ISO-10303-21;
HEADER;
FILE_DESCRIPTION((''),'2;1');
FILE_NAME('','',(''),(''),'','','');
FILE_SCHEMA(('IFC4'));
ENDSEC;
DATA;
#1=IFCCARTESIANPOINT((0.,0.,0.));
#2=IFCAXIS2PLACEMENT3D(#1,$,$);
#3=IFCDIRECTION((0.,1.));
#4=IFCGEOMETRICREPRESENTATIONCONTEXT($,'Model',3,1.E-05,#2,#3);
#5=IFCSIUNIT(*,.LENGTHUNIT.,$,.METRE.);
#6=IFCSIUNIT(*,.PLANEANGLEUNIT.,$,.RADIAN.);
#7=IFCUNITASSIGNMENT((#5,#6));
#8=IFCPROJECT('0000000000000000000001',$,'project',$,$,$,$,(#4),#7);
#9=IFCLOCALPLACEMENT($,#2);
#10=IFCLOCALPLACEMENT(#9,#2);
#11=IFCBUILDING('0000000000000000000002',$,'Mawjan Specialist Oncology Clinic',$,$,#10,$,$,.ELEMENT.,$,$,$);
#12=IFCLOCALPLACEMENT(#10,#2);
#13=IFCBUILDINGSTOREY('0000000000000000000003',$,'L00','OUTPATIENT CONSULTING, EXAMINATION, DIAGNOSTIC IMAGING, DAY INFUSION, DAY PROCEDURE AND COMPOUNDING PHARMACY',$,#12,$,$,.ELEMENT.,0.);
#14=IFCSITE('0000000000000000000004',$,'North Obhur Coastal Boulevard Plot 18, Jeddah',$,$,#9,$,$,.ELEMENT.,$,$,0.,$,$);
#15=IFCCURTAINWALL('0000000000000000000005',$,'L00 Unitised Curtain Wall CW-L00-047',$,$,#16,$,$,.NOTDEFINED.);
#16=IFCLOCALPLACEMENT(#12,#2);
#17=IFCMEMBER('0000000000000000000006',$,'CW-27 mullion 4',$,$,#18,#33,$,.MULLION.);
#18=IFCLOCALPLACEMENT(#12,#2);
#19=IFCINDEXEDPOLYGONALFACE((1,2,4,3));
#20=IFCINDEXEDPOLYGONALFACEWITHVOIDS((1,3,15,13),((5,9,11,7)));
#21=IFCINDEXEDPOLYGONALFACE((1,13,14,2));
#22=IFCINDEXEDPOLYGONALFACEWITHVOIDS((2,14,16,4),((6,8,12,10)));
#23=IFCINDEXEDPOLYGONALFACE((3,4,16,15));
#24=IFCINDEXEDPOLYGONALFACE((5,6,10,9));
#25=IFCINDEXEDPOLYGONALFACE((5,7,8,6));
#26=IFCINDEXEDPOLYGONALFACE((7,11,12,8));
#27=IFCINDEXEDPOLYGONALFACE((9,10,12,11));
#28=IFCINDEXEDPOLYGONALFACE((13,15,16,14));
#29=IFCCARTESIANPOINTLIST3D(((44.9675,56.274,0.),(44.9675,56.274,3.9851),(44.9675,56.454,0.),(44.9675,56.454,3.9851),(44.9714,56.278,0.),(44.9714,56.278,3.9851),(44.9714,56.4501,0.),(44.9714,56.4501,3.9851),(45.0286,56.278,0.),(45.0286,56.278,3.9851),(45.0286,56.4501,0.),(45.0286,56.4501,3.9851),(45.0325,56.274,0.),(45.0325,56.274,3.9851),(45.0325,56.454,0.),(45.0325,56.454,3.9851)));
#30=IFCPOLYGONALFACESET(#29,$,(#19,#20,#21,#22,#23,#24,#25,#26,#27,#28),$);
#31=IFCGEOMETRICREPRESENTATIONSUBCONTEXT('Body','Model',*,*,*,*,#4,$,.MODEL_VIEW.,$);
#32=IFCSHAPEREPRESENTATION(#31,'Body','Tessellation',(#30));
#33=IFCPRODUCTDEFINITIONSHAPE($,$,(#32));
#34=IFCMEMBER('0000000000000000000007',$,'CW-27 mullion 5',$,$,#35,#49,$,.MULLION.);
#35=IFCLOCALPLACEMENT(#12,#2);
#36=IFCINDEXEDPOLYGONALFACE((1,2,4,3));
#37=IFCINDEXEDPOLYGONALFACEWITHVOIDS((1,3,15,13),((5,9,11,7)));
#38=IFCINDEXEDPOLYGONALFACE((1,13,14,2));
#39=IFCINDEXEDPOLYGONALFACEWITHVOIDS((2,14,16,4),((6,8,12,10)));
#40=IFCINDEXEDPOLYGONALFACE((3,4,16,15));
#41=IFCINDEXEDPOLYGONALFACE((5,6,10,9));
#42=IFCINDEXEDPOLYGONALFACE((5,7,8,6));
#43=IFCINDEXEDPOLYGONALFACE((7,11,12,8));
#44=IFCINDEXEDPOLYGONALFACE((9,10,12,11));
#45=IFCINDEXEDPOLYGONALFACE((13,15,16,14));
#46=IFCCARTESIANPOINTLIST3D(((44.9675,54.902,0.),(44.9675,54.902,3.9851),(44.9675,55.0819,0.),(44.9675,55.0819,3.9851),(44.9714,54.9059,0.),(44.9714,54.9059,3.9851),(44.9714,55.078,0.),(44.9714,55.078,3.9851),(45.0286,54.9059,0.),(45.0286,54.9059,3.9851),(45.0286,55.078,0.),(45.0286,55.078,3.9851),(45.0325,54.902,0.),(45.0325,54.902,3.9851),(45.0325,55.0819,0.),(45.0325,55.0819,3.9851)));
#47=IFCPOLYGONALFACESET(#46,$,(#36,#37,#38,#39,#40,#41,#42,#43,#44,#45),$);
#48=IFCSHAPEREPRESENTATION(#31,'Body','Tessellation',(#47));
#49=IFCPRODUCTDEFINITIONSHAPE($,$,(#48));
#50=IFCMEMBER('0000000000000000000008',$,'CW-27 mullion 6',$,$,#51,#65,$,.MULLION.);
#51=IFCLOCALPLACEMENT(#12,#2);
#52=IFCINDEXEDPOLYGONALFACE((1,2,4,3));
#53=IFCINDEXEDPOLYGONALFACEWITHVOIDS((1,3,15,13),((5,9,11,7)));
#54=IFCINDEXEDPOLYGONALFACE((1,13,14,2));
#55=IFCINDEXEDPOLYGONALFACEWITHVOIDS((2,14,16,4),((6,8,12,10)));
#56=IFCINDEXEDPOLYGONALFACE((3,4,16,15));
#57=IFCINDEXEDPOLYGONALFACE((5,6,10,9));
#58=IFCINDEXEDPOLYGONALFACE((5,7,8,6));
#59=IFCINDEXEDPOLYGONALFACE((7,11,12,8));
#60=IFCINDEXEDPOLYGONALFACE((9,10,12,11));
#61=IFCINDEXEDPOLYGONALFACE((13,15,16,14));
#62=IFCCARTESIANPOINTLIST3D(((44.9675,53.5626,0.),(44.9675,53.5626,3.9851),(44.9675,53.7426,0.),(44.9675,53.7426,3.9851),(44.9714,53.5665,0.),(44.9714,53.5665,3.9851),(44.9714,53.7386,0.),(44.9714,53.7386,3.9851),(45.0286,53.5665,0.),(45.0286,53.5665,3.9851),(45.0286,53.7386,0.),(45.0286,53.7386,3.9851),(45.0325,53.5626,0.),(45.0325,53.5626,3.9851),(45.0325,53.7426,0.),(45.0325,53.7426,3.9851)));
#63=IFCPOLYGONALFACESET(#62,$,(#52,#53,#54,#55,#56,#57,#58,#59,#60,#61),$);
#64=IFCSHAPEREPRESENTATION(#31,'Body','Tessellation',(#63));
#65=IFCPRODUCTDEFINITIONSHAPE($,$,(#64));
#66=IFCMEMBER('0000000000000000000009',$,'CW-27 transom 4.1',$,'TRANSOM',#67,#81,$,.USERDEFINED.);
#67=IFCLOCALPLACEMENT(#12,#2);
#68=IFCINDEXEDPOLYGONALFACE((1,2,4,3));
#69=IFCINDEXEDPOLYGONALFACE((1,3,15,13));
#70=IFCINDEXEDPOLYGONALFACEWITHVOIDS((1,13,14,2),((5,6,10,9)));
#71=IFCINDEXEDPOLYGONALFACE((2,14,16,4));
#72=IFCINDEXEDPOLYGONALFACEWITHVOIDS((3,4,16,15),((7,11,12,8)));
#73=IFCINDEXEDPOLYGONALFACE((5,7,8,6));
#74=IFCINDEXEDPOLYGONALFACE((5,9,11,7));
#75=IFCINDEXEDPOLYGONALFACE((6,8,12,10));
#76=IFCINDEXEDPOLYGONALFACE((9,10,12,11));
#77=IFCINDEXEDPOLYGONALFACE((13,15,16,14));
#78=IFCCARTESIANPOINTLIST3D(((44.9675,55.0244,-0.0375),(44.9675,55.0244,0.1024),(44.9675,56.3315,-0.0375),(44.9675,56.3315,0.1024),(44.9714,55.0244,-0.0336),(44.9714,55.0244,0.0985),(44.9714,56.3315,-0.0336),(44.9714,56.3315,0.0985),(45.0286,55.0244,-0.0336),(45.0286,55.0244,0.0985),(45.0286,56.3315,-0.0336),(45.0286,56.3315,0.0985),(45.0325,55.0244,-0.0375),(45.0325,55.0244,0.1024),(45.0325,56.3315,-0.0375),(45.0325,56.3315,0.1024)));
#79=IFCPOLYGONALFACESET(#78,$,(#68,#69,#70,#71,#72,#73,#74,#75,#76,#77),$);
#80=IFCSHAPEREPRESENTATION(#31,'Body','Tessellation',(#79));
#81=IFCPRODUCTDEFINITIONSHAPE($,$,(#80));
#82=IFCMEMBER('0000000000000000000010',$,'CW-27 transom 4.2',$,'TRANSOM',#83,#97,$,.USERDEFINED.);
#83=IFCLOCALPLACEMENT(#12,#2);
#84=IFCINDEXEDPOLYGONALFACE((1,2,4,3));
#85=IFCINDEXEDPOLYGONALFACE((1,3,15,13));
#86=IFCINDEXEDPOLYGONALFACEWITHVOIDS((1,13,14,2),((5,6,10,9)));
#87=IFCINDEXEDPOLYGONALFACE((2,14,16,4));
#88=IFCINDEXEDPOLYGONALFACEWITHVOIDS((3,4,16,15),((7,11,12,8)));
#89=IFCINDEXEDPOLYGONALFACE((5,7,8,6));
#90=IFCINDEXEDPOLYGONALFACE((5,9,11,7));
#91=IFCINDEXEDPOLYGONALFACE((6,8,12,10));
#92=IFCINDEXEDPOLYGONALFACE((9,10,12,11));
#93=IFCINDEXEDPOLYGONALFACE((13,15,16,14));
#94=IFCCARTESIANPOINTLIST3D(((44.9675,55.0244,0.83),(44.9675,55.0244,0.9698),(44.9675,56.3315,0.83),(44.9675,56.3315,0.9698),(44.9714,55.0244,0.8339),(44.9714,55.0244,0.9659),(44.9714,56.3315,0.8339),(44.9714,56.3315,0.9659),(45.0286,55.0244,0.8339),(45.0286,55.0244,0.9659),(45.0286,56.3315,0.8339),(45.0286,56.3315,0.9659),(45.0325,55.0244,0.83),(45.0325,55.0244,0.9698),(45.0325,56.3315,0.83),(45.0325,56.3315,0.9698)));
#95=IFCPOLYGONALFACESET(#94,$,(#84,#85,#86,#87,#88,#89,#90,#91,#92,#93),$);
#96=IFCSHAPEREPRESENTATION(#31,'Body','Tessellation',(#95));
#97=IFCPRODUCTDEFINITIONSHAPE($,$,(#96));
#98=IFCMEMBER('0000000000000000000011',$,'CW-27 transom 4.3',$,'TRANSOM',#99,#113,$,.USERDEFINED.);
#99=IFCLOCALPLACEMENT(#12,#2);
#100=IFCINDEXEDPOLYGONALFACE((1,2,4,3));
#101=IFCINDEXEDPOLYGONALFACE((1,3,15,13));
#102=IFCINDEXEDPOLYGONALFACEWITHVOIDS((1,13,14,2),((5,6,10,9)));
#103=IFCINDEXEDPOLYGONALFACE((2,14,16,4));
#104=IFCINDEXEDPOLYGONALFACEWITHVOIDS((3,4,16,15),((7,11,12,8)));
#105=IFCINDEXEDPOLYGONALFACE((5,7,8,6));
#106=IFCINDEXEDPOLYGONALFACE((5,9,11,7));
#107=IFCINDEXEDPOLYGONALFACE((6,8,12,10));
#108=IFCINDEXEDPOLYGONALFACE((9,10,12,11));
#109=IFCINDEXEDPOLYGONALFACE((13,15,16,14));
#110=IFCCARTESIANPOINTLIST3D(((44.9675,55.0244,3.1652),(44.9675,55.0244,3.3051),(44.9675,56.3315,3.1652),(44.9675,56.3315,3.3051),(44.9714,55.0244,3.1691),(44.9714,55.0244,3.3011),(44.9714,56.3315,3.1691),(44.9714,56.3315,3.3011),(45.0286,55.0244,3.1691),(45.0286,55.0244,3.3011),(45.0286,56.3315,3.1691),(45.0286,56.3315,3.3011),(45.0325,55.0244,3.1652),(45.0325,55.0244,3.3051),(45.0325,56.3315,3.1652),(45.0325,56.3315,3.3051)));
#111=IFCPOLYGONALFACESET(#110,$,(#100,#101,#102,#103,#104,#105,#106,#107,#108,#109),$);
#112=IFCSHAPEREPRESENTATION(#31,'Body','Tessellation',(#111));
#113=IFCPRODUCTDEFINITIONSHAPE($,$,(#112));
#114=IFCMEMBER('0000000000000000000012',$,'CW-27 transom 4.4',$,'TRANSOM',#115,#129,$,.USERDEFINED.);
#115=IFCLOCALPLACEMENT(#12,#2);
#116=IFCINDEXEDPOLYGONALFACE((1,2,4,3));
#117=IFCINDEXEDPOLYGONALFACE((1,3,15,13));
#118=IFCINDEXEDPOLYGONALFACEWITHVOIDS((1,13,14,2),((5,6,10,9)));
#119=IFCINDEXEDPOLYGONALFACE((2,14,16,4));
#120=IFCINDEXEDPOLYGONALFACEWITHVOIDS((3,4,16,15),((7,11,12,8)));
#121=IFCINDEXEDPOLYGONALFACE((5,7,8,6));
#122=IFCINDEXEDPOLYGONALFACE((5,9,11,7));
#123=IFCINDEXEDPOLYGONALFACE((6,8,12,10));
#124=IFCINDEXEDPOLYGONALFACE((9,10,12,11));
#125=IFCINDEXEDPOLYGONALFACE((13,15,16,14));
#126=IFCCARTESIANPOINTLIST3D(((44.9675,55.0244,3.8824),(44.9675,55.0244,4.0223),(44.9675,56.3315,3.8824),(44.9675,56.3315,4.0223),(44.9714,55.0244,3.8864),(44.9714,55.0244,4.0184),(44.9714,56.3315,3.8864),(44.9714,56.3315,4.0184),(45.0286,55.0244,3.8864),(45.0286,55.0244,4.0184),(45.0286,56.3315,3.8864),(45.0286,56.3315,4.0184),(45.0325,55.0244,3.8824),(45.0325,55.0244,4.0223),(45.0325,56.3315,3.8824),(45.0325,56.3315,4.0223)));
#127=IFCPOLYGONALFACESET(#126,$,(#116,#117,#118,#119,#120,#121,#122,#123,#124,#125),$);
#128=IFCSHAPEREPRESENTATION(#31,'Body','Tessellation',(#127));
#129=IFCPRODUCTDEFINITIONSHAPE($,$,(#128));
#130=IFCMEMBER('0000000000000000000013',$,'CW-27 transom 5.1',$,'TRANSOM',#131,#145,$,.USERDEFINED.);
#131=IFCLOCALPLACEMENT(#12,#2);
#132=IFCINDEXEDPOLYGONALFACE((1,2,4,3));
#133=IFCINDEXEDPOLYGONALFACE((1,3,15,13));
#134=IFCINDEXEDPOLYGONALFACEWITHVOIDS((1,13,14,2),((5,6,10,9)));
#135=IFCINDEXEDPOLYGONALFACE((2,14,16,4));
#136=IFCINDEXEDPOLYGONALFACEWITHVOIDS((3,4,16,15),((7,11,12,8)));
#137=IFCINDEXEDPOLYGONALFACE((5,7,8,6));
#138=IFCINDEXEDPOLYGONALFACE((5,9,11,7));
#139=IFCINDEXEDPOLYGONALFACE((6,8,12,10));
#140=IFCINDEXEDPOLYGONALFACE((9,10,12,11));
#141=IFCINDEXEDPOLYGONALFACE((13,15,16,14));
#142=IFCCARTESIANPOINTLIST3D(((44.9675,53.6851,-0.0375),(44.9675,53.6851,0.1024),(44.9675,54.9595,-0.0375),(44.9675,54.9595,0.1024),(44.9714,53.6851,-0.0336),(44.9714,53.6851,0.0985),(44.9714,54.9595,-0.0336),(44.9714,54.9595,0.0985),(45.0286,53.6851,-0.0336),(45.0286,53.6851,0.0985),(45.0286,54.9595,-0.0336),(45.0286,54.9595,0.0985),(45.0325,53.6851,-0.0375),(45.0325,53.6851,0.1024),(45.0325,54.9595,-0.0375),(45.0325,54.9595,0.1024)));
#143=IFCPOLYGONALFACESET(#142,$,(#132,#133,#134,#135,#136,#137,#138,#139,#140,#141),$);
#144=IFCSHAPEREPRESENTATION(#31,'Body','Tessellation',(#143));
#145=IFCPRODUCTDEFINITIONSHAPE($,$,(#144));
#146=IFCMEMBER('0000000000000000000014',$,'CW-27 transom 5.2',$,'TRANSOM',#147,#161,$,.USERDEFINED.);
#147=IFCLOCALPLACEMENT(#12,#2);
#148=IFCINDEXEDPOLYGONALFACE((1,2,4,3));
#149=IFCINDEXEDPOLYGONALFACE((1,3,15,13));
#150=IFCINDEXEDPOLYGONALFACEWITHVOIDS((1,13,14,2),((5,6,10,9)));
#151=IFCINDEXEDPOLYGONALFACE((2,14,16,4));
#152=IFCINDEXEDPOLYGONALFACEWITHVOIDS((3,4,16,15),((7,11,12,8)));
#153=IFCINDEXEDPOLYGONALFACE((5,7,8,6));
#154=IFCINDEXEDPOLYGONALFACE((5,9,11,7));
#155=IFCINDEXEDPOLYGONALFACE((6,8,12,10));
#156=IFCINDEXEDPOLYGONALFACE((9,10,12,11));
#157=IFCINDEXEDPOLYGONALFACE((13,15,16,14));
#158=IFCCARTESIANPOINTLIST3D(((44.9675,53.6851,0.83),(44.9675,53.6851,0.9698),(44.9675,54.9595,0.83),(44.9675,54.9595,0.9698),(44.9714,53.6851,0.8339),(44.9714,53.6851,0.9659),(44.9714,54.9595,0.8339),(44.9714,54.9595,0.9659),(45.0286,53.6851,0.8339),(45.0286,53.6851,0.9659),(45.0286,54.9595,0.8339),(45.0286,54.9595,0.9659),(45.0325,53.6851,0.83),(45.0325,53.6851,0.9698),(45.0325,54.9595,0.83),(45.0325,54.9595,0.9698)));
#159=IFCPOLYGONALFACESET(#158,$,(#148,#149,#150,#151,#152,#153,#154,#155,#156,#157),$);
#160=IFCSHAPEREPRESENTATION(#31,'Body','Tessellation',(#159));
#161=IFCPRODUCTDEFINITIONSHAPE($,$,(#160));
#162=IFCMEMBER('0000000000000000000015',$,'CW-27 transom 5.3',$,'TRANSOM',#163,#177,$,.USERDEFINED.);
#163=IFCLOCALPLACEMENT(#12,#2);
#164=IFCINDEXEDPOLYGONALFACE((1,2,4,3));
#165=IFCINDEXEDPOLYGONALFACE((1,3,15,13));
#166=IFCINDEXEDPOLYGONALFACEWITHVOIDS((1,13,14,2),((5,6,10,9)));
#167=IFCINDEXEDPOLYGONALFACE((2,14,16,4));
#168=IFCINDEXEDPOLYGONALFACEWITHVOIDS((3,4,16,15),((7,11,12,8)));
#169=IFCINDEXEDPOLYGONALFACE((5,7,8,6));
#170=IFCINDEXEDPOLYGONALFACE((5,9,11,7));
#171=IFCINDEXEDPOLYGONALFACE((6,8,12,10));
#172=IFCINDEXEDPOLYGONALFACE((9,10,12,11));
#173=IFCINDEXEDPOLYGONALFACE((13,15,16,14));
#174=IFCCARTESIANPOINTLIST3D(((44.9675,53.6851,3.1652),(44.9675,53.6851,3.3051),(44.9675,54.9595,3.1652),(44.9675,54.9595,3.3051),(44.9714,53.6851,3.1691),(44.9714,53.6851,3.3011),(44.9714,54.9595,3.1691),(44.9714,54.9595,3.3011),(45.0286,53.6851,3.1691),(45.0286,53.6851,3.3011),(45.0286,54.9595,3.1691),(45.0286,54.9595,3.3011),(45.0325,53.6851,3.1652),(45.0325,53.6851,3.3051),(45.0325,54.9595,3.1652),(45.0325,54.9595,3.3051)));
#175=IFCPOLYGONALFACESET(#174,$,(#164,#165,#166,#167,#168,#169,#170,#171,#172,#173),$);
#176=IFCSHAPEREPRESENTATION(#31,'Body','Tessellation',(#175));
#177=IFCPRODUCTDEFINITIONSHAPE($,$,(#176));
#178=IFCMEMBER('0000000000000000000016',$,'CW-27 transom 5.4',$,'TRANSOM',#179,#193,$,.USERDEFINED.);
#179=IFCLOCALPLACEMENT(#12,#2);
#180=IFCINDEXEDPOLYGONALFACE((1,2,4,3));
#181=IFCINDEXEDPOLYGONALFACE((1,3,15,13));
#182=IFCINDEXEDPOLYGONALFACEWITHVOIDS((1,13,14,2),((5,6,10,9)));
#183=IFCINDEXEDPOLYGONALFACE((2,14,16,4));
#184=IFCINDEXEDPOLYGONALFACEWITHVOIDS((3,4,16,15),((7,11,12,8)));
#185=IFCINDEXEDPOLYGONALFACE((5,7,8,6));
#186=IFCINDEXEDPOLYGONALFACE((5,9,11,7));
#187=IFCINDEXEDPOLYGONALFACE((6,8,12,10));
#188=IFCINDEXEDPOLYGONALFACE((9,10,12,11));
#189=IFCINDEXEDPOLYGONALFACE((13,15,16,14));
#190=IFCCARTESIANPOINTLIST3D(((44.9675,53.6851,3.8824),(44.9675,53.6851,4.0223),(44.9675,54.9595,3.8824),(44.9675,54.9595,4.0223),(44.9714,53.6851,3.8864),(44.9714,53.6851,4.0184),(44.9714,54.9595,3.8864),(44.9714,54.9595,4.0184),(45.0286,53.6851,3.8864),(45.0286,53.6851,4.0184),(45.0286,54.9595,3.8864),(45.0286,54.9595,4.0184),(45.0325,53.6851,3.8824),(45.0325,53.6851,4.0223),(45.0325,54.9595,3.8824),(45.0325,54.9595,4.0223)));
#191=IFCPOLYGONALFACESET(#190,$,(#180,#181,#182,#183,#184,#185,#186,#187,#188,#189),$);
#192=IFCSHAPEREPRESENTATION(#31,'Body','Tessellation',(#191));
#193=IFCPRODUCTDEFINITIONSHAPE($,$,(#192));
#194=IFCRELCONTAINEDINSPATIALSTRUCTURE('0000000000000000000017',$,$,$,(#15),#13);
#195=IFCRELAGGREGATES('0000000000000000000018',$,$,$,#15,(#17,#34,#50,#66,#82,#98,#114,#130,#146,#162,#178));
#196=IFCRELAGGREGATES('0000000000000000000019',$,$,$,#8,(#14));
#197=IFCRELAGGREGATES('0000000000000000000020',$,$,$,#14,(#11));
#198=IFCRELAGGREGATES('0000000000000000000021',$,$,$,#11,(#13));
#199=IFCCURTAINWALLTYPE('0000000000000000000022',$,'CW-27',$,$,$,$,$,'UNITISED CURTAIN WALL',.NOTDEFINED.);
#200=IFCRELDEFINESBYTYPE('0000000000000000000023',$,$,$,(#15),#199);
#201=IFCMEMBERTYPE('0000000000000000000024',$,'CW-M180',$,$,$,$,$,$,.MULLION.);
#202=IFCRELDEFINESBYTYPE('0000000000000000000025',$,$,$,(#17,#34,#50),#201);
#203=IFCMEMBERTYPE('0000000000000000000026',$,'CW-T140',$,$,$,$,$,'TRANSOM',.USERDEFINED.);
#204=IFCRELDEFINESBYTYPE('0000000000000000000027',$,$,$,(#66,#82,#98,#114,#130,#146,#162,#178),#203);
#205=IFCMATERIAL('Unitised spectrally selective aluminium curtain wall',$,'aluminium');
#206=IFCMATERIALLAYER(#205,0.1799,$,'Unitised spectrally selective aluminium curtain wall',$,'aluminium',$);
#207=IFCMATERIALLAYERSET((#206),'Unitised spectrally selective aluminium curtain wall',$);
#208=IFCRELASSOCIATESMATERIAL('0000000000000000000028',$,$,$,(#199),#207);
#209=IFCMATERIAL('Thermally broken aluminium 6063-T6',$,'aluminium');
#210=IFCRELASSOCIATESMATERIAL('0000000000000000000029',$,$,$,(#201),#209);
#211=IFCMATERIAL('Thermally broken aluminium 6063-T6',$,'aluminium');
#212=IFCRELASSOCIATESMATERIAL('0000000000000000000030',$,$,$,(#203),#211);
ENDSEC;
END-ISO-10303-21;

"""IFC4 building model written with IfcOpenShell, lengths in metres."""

from ifc_helpers import new_model, si_unit, direction, frame, origin, origin_2d, place, context, subcontext, project, spatial, hollow_rectangle, extrude, material, layer, layer_set, material_profile, profile_set, type_object, element, aggregate, save


model = new_model("IFC4")

# Units and contexts
model_context = context("Model", 3, precision=1e-05, world=origin(), true_north=direction((0.0, 1.0)))
body_context = subcontext(model_context, "Body", "Model", "MODEL_VIEW")
ifc_project = project(units=[si_unit("LENGTHUNIT", "METRE"), si_unit("PLANEANGLEUNIT", "RADIAN")], contexts=[model_context])

# Site, building, storey
site_placement = place(None, origin())
site = spatial("IfcSite", under=ifc_project, at=site_placement, Name="North Obhur Coastal Boulevard Plot 18, Jeddah", CompositionType="ELEMENT", RefElevation=0.0)
building_placement = place(site_placement, origin())
building = spatial("IfcBuilding", under=site, at=building_placement, Name="Mawjan Specialist Oncology Clinic", CompositionType="ELEMENT")
storey_placement = place(building_placement, origin())
storey = spatial("IfcBuildingStorey", under=building, at=storey_placement, Name="L00", Description="OUTPATIENT CONSULTING, EXAMINATION, DIAGNOSTIC IMAGING, DAY INFUSION, DAY PROCEDURE AND COMPOUNDING PHARMACY", CompositionType="ELEMENT", Elevation=0.0)

# Curtain wall, members
ifc_material_1 = material(Name="Unitised spectrally selective aluminium curtain wall", Category="aluminium")
ifc_layer_1 = layer(ifc_material_1, 0.1799, Name="Unitised spectrally selective aluminium curtain wall", Category="aluminium")
ifc_layer_set_1 = layer_set([ifc_layer_1], Name="Unitised spectrally selective aluminium curtain wall")
curtain_wall_type = type_object("IfcCurtainWallType", Name="CW-27", ElementType="UNITISED CURTAIN WALL", PredefinedType="NOTDEFINED", material=ifc_layer_set_1)
curtain_wall_placement = place(storey_placement, origin())
curtain_wall = element("IfcCurtainWall", 1, at=curtain_wall_placement, inside=storey, type_object=curtain_wall_type, Name="L00 Unitised Curtain Wall CW-L00-047", PredefinedType="NOTDEFINED")
ifc_material_2 = material(Name="Thermally broken aluminium 6063-T6", Category="aluminium")
ifc_material_profile_1 = material_profile(ifc_material_2, hollow_rectangle(XDim=0.0649, YDim=0.1799, WallThickness=0.0039, at=origin_2d()), Name="ALU MULLION 180x65x4", Category="aluminium")
ifc_profile_set_1 = profile_set([ifc_material_profile_1], Name="Thermally broken aluminium 6063-T6")
member_type_1 = type_object("IfcMemberType", Name="CW-M180", PredefinedType="MULLION", material=ifc_profile_set_1)
member_1_placement = place(storey_placement, frame((45.0, 56.364, 0.0), z_axis=(0.0, 0.0, 1.0), x_axis=(1.0, 0.0, 0.0)))
member_1 = element("IfcMember", 2, at=member_1_placement, type_object=member_type_1, Name="CW-27 mullion 4", PredefinedType="MULLION", context=body_context, shape_type="SweptSolid", body=[
    extrude(hollow_rectangle(XDim=0.0649, YDim=0.1799, WallThickness=0.0039, at=origin_2d()), origin(), (0.0, 0.0, 1.0), 3.9851),
])
member_2_placement = place(storey_placement, frame((45.0, 54.9919, 0.0), z_axis=(0.0, 0.0, 1.0), x_axis=(1.0, 0.0, 0.0)))
member_2 = element("IfcMember", 3, at=member_2_placement, type_object=member_type_1, Name="CW-27 mullion 5", PredefinedType="MULLION", context=body_context, shape_type="SweptSolid", body=[
    extrude(hollow_rectangle(XDim=0.0649, YDim=0.1799, WallThickness=0.0039, at=origin_2d()), origin(), (0.0, 0.0, 1.0), 3.9851),
])
member_3_placement = place(storey_placement, frame((45.0, 53.6526, 0.0), z_axis=(0.0, 0.0, 1.0), x_axis=(1.0, 0.0, 0.0)))
member_3 = element("IfcMember", 4, at=member_3_placement, type_object=member_type_1, Name="CW-27 mullion 6", PredefinedType="MULLION", context=body_context, shape_type="SweptSolid", body=[
    extrude(hollow_rectangle(XDim=0.0649, YDim=0.1799, WallThickness=0.0039, at=origin_2d()), origin(), (0.0, 0.0, 1.0), 3.9851),
])
ifc_material_3 = material(Name="Thermally broken aluminium 6063-T6", Category="aluminium")
ifc_material_profile_2 = material_profile(ifc_material_3, hollow_rectangle(XDim=0.0649, YDim=0.1399, WallThickness=0.0039, at=origin_2d()), Name="ALU TRANSOM 140x65x4", Category="aluminium")
ifc_profile_set_2 = profile_set([ifc_material_profile_2], Name="Thermally broken aluminium 6063-T6")
member_type_2 = type_object("IfcMemberType", Name="CW-T140", ElementType="TRANSOM", PredefinedType="USERDEFINED", material=ifc_profile_set_2)
member_4_placement = place(storey_placement, frame((45.0, 56.3315, 0.0325), z_axis=(0.0, -1.0, 0.0), x_axis=(1.0, 0.0, 0.0)))
member_4 = element("IfcMember", 5, at=member_4_placement, type_object=member_type_2, Name="CW-27 transom 4.1", ObjectType="TRANSOM", PredefinedType="USERDEFINED", context=body_context, shape_type="SweptSolid", body=[
    extrude(hollow_rectangle(XDim=0.0649, YDim=0.1399, WallThickness=0.0039, at=origin_2d()), origin(), (0.0, 0.0, 1.0), 1.3071),
])
member_5_placement = place(storey_placement, frame((45.0, 56.3315, 0.8999), z_axis=(0.0, -1.0, 0.0), x_axis=(1.0, 0.0, 0.0)))
member_5 = element("IfcMember", 6, at=member_5_placement, type_object=member_type_2, Name="CW-27 transom 4.2", ObjectType="TRANSOM", PredefinedType="USERDEFINED", context=body_context, shape_type="SweptSolid", body=[
    extrude(hollow_rectangle(XDim=0.0649, YDim=0.1399, WallThickness=0.0039, at=origin_2d()), origin(), (0.0, 0.0, 1.0), 1.3071),
])
member_6_placement = place(storey_placement, frame((45.0, 56.3315, 3.2351), z_axis=(0.0, -1.0, 0.0), x_axis=(1.0, 0.0, 0.0)))
member_6 = element("IfcMember", 7, at=member_6_placement, type_object=member_type_2, Name="CW-27 transom 4.3", ObjectType="TRANSOM", PredefinedType="USERDEFINED", context=body_context, shape_type="SweptSolid", body=[
    extrude(hollow_rectangle(XDim=0.0649, YDim=0.1399, WallThickness=0.0039, at=origin_2d()), origin(), (0.0, 0.0, 1.0), 1.3071),
])
member_7_placement = place(storey_placement, frame((45.0, 56.3315, 3.9524), z_axis=(0.0, -1.0, 0.0), x_axis=(1.0, 0.0, 0.0)))
member_7 = element("IfcMember", 8, at=member_7_placement, type_object=member_type_2, Name="CW-27 transom 4.4", ObjectType="TRANSOM", PredefinedType="USERDEFINED", context=body_context, shape_type="SweptSolid", body=[
    extrude(hollow_rectangle(XDim=0.0649, YDim=0.1399, WallThickness=0.0039, at=origin_2d()), origin(), (0.0, 0.0, 1.0), 1.3071),
])
member_8_placement = place(storey_placement, frame((45.0, 54.9595, 0.0325), z_axis=(0.0, -1.0, 0.0), x_axis=(1.0, 0.0, 0.0)))
member_8 = element("IfcMember", 9, at=member_8_placement, type_object=member_type_2, Name="CW-27 transom 5.1", ObjectType="TRANSOM", PredefinedType="USERDEFINED", context=body_context, shape_type="SweptSolid", body=[
    extrude(hollow_rectangle(XDim=0.0649, YDim=0.1399, WallThickness=0.0039, at=origin_2d()), origin(), (0.0, 0.0, 1.0), 1.2744),
])
member_9_placement = place(storey_placement, frame((45.0, 54.9595, 0.8999), z_axis=(0.0, -1.0, 0.0), x_axis=(1.0, 0.0, 0.0)))
member_9 = element("IfcMember", 10, at=member_9_placement, type_object=member_type_2, Name="CW-27 transom 5.2", ObjectType="TRANSOM", PredefinedType="USERDEFINED", context=body_context, shape_type="SweptSolid", body=[
    extrude(hollow_rectangle(XDim=0.0649, YDim=0.1399, WallThickness=0.0039, at=origin_2d()), origin(), (0.0, 0.0, 1.0), 1.2744),
])
member_10_placement = place(storey_placement, frame((45.0, 54.9595, 3.2351), z_axis=(0.0, -1.0, 0.0), x_axis=(1.0, 0.0, 0.0)))
member_10 = element("IfcMember", 11, at=member_10_placement, type_object=member_type_2, Name="CW-27 transom 5.3", ObjectType="TRANSOM", PredefinedType="USERDEFINED", context=body_context, shape_type="SweptSolid", body=[
    extrude(hollow_rectangle(XDim=0.0649, YDim=0.1399, WallThickness=0.0039, at=origin_2d()), origin(), (0.0, 0.0, 1.0), 1.2744),
])
member_11_placement = place(storey_placement, frame((45.0, 54.9595, 3.9524), z_axis=(0.0, -1.0, 0.0), x_axis=(1.0, 0.0, 0.0)))
member_11 = element("IfcMember", 12, at=member_11_placement, type_object=member_type_2, Name="CW-27 transom 5.4", ObjectType="TRANSOM", PredefinedType="USERDEFINED", context=body_context, shape_type="SweptSolid", body=[
    extrude(hollow_rectangle(XDim=0.0649, YDim=0.1399, WallThickness=0.0039, at=origin_2d()), origin(), (0.0, 0.0, 1.0), 1.2744),
])
aggregate(curtain_wall, [member_1, member_2, member_3, member_4, member_5, member_6, member_7, member_8, member_9, member_10, member_11])

save(model, "model.ifc")
